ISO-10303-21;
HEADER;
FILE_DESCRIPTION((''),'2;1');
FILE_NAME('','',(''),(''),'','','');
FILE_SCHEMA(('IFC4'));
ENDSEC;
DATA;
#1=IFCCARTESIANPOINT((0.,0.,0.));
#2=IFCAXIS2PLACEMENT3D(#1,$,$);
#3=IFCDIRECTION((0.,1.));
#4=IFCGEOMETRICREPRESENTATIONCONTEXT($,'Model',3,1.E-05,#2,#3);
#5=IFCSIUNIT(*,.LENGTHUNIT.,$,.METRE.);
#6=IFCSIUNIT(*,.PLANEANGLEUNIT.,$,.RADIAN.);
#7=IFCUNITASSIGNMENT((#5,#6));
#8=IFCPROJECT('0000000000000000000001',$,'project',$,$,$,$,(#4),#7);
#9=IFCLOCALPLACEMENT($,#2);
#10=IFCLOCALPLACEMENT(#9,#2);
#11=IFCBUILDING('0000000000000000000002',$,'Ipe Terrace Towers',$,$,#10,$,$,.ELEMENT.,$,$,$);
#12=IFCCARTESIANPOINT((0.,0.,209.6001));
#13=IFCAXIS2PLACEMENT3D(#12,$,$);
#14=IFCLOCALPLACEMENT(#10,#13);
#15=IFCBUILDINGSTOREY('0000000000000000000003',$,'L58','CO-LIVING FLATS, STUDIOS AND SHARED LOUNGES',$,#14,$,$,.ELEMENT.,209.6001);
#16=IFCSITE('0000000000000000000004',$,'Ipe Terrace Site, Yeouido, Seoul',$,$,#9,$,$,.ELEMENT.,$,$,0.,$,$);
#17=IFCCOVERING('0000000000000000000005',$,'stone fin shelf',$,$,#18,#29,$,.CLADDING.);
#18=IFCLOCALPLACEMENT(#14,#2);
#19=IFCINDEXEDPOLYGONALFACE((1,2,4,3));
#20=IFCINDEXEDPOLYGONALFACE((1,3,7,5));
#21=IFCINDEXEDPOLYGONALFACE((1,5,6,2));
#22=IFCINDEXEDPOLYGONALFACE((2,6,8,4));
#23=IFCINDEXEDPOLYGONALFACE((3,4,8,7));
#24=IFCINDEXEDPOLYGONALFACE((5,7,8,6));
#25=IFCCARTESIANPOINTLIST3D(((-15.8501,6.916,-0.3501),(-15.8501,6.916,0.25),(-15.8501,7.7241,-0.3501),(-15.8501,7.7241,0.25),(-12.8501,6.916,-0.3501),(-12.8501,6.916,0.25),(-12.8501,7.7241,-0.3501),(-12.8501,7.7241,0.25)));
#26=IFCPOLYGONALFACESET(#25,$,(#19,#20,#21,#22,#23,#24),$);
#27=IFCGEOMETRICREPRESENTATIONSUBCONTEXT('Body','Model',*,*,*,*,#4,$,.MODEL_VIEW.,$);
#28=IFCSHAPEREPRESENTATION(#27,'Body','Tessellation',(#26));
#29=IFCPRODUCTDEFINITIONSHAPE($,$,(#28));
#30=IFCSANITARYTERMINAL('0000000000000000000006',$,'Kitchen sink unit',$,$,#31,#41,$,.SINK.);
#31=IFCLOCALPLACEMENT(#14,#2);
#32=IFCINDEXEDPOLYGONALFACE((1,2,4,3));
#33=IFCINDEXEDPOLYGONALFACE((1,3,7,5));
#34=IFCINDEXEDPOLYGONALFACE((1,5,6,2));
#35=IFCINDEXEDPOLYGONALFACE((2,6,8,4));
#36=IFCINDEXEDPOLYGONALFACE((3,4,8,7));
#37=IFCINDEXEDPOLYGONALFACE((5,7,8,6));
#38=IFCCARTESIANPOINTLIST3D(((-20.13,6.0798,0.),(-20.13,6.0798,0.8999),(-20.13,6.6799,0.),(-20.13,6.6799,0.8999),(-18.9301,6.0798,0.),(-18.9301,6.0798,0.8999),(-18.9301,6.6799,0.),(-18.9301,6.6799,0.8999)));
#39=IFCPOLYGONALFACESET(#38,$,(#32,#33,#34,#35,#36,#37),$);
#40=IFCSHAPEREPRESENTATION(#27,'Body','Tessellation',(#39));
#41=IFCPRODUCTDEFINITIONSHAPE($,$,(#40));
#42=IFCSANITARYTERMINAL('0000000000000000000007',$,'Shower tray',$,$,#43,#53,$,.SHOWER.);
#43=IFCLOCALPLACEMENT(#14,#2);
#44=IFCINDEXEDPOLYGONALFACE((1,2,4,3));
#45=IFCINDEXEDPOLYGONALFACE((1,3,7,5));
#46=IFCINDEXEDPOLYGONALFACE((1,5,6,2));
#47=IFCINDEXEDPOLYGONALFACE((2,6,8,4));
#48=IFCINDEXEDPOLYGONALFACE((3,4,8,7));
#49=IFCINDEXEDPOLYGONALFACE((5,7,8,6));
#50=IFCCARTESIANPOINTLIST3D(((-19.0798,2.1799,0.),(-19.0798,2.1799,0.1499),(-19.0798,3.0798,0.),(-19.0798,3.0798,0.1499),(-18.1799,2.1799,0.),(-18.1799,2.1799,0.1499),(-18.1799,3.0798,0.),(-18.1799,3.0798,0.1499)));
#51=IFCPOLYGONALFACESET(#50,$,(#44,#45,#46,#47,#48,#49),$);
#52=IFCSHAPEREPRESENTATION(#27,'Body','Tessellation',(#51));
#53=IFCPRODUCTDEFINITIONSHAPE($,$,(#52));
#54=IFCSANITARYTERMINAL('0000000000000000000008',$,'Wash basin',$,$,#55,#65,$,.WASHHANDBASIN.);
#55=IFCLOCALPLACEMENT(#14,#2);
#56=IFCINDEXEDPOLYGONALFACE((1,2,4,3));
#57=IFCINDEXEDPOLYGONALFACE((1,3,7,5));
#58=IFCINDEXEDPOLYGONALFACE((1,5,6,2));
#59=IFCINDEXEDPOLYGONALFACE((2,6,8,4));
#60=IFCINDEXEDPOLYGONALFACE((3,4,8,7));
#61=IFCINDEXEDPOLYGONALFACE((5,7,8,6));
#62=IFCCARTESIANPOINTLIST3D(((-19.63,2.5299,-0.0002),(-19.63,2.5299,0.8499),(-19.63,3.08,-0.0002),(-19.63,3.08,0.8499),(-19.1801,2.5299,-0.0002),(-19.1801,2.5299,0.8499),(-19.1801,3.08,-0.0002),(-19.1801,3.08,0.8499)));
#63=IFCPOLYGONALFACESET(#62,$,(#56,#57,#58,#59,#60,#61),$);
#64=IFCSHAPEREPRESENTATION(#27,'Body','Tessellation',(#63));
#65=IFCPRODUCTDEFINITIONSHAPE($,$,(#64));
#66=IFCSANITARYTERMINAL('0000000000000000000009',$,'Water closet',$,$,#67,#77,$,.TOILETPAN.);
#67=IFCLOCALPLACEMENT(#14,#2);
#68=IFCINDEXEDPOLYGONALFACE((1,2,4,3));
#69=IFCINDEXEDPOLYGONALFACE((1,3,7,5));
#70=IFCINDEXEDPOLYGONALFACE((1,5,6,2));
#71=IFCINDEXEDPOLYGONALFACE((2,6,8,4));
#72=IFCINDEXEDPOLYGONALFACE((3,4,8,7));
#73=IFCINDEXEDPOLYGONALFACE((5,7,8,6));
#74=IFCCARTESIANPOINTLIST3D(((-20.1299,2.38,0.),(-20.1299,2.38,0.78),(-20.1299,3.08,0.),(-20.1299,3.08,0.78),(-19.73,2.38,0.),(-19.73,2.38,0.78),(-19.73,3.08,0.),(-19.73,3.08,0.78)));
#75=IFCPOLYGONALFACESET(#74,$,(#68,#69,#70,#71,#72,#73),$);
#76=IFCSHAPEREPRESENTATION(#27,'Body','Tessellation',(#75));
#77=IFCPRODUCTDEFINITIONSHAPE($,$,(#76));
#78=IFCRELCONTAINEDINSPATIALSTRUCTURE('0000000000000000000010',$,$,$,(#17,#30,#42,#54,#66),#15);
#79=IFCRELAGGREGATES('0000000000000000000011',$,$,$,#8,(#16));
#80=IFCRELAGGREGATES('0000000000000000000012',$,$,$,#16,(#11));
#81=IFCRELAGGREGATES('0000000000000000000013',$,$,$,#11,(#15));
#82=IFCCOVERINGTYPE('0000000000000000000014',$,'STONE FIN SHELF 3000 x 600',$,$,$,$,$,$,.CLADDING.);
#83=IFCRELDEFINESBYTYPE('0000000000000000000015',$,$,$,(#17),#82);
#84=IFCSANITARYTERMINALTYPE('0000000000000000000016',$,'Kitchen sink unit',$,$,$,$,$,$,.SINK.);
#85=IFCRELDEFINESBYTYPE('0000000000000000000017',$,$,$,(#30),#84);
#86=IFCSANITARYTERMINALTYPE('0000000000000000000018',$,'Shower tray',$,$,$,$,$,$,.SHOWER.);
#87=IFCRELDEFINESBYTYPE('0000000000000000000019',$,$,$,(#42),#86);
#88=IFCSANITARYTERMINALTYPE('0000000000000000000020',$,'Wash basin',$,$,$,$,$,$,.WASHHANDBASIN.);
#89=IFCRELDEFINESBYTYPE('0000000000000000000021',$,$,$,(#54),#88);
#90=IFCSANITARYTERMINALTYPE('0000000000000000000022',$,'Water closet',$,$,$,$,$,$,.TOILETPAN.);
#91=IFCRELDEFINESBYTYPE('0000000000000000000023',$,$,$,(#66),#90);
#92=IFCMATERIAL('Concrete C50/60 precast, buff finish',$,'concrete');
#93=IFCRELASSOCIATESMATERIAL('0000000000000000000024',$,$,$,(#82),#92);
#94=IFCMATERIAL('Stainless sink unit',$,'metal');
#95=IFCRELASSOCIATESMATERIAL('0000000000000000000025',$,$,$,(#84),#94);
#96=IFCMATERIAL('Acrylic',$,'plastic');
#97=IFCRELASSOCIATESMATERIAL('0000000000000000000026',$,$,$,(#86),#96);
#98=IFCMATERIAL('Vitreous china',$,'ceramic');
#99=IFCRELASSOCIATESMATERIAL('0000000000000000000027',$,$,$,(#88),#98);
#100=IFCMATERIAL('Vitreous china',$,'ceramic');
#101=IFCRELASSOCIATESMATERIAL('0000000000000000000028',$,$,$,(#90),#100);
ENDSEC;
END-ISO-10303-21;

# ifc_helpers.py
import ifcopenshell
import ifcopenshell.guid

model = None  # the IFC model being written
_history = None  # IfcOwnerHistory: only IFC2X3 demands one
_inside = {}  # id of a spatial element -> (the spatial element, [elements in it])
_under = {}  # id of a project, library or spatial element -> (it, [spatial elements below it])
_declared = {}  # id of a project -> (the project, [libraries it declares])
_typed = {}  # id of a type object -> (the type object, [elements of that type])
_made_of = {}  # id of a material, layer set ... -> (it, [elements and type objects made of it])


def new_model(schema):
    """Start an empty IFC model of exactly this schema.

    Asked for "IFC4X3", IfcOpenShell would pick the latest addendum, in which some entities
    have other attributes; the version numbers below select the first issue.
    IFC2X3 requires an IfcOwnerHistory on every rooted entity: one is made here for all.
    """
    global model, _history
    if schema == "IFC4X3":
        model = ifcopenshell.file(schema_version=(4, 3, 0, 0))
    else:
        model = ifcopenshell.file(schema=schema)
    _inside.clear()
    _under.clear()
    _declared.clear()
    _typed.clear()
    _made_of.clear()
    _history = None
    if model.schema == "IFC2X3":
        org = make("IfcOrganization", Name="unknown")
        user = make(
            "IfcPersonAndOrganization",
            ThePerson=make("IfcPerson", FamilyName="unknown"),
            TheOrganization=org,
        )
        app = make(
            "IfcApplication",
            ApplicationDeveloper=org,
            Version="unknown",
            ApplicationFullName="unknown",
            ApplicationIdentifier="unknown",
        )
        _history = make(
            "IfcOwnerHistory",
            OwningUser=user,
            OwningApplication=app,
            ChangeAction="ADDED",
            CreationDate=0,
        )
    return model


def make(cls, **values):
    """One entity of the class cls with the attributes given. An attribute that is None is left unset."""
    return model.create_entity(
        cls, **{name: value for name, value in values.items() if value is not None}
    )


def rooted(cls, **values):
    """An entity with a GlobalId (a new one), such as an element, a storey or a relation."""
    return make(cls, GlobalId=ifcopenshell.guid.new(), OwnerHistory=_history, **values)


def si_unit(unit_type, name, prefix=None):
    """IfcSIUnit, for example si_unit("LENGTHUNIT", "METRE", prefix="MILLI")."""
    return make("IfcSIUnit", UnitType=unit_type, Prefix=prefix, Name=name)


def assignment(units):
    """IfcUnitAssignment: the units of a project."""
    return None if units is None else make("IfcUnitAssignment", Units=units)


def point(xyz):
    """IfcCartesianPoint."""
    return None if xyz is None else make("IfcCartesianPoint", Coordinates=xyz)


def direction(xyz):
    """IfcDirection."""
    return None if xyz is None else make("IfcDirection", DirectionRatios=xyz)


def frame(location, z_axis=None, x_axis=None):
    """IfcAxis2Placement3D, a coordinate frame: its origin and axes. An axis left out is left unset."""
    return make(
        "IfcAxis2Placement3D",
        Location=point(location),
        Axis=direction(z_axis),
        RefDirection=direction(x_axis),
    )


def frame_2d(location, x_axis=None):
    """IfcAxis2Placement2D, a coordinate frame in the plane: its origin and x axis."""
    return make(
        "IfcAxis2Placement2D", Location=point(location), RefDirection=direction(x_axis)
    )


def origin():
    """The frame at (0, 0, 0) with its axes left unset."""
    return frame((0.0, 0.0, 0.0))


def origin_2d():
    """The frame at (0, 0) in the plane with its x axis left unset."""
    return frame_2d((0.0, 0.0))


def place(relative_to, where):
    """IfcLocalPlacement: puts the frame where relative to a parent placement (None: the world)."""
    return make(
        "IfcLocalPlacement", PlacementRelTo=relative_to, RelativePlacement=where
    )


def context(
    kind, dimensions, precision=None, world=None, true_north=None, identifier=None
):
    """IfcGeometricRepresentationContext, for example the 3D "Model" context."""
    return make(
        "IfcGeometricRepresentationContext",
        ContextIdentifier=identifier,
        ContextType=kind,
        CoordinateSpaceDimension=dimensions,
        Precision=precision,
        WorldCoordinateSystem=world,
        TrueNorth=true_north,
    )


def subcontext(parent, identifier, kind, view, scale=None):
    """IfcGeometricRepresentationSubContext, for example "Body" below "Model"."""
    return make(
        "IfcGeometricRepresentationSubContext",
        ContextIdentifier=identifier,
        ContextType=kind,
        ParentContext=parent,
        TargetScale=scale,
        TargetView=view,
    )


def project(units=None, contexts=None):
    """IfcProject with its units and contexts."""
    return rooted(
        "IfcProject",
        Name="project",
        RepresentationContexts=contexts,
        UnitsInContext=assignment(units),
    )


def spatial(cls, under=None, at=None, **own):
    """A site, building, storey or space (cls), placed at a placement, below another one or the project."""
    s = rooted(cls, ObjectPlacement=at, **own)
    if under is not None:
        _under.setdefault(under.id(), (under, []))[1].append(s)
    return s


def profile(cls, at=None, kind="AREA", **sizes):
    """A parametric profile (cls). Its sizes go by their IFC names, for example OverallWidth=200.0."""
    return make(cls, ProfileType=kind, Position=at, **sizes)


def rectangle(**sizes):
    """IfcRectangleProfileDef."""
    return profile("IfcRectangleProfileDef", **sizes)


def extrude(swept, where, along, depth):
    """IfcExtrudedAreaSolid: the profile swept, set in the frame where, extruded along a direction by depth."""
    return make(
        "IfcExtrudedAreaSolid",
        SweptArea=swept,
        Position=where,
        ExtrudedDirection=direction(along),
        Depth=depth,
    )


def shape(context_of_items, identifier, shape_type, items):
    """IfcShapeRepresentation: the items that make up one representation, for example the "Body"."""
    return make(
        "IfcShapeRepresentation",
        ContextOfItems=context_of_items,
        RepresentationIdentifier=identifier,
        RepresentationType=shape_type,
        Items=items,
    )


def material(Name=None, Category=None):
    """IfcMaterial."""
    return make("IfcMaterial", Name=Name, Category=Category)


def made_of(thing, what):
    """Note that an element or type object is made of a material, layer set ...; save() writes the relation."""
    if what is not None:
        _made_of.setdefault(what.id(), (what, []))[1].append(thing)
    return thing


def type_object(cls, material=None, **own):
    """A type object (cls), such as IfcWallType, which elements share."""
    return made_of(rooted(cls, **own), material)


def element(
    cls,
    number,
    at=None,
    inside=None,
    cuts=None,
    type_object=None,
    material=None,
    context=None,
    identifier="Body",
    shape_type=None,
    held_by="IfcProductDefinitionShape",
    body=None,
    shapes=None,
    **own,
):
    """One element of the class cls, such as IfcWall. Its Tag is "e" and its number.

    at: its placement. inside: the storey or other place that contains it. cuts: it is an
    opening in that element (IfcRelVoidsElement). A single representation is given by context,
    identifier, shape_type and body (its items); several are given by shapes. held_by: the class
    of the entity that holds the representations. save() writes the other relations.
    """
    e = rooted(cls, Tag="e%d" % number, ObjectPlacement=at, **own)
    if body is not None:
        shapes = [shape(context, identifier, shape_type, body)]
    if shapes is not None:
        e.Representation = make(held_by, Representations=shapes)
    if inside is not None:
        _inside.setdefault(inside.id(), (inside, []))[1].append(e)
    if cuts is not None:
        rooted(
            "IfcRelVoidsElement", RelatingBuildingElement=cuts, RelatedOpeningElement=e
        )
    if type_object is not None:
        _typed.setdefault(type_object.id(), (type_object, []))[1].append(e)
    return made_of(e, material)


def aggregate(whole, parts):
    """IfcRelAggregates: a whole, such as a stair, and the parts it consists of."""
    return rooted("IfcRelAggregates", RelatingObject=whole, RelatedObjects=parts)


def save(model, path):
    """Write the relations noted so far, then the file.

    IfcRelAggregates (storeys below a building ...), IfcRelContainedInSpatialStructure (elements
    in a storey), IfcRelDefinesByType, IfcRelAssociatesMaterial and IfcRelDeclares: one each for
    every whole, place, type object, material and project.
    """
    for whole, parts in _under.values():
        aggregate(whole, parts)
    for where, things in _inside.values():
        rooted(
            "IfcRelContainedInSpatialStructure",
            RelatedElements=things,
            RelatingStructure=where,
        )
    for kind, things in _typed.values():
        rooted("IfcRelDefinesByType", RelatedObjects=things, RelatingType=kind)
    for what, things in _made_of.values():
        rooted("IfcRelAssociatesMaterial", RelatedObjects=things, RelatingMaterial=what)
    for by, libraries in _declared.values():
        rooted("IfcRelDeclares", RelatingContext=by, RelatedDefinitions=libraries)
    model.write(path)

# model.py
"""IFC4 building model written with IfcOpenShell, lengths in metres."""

from ifc_helpers import new_model, si_unit, direction, frame, origin, origin_2d, place, context, subcontext, project, spatial, rectangle, extrude, material, type_object, element, save


model = new_model("IFC4")

# Units and contexts
model_context = context("Model", 3, precision=1e-05, world=origin(), true_north=direction((0.0, 1.0)))
body_context = subcontext(model_context, "Body", "Model", "MODEL_VIEW")
ifc_project = project(units=[si_unit("LENGTHUNIT", "METRE"), si_unit("PLANEANGLEUNIT", "RADIAN")], contexts=[model_context])

# Site, building, storey
site_placement = place(None, origin())
site = spatial("IfcSite", under=ifc_project, at=site_placement, Name="Ipe Terrace Site, Yeouido, Seoul", CompositionType="ELEMENT", RefElevation=0.0)
building_placement = place(site_placement, origin())
building = spatial("IfcBuilding", under=site, at=building_placement, Name="Ipe Terrace Towers", CompositionType="ELEMENT")
storey_placement = place(building_placement, frame((0.0, 0.0, 209.6001)))
storey = spatial("IfcBuildingStorey", under=building, at=storey_placement, Name="L58", Description="CO-LIVING FLATS, STUDIOS AND SHARED LOUNGES", CompositionType="ELEMENT", Elevation=209.6001)

# Covering
ifc_material_1 = material(Name="Concrete C50/60 precast, buff finish", Category="concrete")
covering_type_1 = type_object("IfcCoveringType", Name="STONE FIN SHELF 3000 x 600", PredefinedType="CLADDING", material=ifc_material_1)
covering_1_placement = place(storey_placement, frame((-14.3501, 7.3201, -0.3501), z_axis=(0.0, 0.0, 1.0), x_axis=(-1.0, 0.0, 0.0)))
element("IfcCovering", 1, at=covering_1_placement, inside=storey, type_object=covering_type_1, Name="stone fin shelf", PredefinedType="CLADDING", context=body_context, shape_type="SweptSolid", body=[
    extrude(rectangle(XDim=3.0, YDim=0.8081, at=origin_2d()), origin(), (0.0, 0.0, 1.0), 0.6001),
])

# Sanitary terminals
ifc_material_2 = material(Name="Stainless sink unit", Category="metal")
sanitary_terminal_type_1 = type_object("IfcSanitaryTerminalType", Name="Kitchen sink unit", PredefinedType="SINK", material=ifc_material_2)
sanitary_terminal_1_placement = place(storey_placement, frame((-19.53, 6.3799, 0.0), z_axis=(0.0, 0.0, 1.0), x_axis=(1.0, 0.0, 0.0)))
element("IfcSanitaryTerminal", 2, at=sanitary_terminal_1_placement, inside=storey, type_object=sanitary_terminal_type_1, Name="Kitchen sink unit", PredefinedType="SINK", context=body_context, shape_type="SweptSolid", body=[
    extrude(rectangle(XDim=1.2, YDim=0.6001, at=origin_2d()), origin(), (0.0, 0.0, 1.0), 0.8999),
])
ifc_material_3 = material(Name="Acrylic", Category="plastic")
sanitary_terminal_type_2 = type_object("IfcSanitaryTerminalType", Name="Shower tray", PredefinedType="SHOWER", material=ifc_material_3)
sanitary_terminal_2_placement = place(storey_placement, frame((-18.6299, 2.6299, 0.0), z_axis=(0.0, 0.0, 1.0), x_axis=(0.0, -1.0, 0.0)))
element("IfcSanitaryTerminal", 3, at=sanitary_terminal_2_placement, inside=storey, type_object=sanitary_terminal_type_2, Name="Shower tray", PredefinedType="SHOWER", context=body_context, shape_type="SweptSolid", body=[
    extrude(rectangle(XDim=0.8999, YDim=0.8999, at=origin_2d()), origin(), (0.0, 0.0, 1.0), 0.1499),
])
ifc_material_4 = material(Name="Vitreous china", Category="ceramic")
sanitary_terminal_type_3 = type_object("IfcSanitaryTerminalType", Name="Wash basin", PredefinedType="WASHHANDBASIN", material=ifc_material_4)
sanitary_terminal_3_placement = place(storey_placement, frame((-19.405, 2.8049, -0.0002), z_axis=(0.0, 0.0, 1.0), x_axis=(0.0, -1.0, 0.0)))
element("IfcSanitaryTerminal", 4, at=sanitary_terminal_3_placement, inside=storey, type_object=sanitary_terminal_type_3, Name="Wash basin", PredefinedType="WASHHANDBASIN", context=body_context, shape_type="SweptSolid", body=[
    extrude(rectangle(XDim=0.55, YDim=0.45, at=origin_2d()), origin(), (0.0, 0.0, 1.0), 0.8501),
])
ifc_material_5 = material(Name="Vitreous china", Category="ceramic")
sanitary_terminal_type_4 = type_object("IfcSanitaryTerminalType", Name="Water closet", PredefinedType="TOILETPAN", material=ifc_material_5)
sanitary_terminal_4_placement = place(storey_placement, frame((-19.9299, 2.73, 0.0), z_axis=(0.0, 0.0, 1.0), x_axis=(0.0, -1.0, 0.0)))
element("IfcSanitaryTerminal", 5, at=sanitary_terminal_4_placement, inside=storey, type_object=sanitary_terminal_type_4, Name="Water closet", PredefinedType="TOILETPAN", context=body_context, shape_type="SweptSolid", body=[
    extrude(rectangle(XDim=0.7, YDim=0.3999, at=origin_2d()), origin(), (0.0, 0.0, 1.0), 0.78),
])

save(model, "model.ifc")
